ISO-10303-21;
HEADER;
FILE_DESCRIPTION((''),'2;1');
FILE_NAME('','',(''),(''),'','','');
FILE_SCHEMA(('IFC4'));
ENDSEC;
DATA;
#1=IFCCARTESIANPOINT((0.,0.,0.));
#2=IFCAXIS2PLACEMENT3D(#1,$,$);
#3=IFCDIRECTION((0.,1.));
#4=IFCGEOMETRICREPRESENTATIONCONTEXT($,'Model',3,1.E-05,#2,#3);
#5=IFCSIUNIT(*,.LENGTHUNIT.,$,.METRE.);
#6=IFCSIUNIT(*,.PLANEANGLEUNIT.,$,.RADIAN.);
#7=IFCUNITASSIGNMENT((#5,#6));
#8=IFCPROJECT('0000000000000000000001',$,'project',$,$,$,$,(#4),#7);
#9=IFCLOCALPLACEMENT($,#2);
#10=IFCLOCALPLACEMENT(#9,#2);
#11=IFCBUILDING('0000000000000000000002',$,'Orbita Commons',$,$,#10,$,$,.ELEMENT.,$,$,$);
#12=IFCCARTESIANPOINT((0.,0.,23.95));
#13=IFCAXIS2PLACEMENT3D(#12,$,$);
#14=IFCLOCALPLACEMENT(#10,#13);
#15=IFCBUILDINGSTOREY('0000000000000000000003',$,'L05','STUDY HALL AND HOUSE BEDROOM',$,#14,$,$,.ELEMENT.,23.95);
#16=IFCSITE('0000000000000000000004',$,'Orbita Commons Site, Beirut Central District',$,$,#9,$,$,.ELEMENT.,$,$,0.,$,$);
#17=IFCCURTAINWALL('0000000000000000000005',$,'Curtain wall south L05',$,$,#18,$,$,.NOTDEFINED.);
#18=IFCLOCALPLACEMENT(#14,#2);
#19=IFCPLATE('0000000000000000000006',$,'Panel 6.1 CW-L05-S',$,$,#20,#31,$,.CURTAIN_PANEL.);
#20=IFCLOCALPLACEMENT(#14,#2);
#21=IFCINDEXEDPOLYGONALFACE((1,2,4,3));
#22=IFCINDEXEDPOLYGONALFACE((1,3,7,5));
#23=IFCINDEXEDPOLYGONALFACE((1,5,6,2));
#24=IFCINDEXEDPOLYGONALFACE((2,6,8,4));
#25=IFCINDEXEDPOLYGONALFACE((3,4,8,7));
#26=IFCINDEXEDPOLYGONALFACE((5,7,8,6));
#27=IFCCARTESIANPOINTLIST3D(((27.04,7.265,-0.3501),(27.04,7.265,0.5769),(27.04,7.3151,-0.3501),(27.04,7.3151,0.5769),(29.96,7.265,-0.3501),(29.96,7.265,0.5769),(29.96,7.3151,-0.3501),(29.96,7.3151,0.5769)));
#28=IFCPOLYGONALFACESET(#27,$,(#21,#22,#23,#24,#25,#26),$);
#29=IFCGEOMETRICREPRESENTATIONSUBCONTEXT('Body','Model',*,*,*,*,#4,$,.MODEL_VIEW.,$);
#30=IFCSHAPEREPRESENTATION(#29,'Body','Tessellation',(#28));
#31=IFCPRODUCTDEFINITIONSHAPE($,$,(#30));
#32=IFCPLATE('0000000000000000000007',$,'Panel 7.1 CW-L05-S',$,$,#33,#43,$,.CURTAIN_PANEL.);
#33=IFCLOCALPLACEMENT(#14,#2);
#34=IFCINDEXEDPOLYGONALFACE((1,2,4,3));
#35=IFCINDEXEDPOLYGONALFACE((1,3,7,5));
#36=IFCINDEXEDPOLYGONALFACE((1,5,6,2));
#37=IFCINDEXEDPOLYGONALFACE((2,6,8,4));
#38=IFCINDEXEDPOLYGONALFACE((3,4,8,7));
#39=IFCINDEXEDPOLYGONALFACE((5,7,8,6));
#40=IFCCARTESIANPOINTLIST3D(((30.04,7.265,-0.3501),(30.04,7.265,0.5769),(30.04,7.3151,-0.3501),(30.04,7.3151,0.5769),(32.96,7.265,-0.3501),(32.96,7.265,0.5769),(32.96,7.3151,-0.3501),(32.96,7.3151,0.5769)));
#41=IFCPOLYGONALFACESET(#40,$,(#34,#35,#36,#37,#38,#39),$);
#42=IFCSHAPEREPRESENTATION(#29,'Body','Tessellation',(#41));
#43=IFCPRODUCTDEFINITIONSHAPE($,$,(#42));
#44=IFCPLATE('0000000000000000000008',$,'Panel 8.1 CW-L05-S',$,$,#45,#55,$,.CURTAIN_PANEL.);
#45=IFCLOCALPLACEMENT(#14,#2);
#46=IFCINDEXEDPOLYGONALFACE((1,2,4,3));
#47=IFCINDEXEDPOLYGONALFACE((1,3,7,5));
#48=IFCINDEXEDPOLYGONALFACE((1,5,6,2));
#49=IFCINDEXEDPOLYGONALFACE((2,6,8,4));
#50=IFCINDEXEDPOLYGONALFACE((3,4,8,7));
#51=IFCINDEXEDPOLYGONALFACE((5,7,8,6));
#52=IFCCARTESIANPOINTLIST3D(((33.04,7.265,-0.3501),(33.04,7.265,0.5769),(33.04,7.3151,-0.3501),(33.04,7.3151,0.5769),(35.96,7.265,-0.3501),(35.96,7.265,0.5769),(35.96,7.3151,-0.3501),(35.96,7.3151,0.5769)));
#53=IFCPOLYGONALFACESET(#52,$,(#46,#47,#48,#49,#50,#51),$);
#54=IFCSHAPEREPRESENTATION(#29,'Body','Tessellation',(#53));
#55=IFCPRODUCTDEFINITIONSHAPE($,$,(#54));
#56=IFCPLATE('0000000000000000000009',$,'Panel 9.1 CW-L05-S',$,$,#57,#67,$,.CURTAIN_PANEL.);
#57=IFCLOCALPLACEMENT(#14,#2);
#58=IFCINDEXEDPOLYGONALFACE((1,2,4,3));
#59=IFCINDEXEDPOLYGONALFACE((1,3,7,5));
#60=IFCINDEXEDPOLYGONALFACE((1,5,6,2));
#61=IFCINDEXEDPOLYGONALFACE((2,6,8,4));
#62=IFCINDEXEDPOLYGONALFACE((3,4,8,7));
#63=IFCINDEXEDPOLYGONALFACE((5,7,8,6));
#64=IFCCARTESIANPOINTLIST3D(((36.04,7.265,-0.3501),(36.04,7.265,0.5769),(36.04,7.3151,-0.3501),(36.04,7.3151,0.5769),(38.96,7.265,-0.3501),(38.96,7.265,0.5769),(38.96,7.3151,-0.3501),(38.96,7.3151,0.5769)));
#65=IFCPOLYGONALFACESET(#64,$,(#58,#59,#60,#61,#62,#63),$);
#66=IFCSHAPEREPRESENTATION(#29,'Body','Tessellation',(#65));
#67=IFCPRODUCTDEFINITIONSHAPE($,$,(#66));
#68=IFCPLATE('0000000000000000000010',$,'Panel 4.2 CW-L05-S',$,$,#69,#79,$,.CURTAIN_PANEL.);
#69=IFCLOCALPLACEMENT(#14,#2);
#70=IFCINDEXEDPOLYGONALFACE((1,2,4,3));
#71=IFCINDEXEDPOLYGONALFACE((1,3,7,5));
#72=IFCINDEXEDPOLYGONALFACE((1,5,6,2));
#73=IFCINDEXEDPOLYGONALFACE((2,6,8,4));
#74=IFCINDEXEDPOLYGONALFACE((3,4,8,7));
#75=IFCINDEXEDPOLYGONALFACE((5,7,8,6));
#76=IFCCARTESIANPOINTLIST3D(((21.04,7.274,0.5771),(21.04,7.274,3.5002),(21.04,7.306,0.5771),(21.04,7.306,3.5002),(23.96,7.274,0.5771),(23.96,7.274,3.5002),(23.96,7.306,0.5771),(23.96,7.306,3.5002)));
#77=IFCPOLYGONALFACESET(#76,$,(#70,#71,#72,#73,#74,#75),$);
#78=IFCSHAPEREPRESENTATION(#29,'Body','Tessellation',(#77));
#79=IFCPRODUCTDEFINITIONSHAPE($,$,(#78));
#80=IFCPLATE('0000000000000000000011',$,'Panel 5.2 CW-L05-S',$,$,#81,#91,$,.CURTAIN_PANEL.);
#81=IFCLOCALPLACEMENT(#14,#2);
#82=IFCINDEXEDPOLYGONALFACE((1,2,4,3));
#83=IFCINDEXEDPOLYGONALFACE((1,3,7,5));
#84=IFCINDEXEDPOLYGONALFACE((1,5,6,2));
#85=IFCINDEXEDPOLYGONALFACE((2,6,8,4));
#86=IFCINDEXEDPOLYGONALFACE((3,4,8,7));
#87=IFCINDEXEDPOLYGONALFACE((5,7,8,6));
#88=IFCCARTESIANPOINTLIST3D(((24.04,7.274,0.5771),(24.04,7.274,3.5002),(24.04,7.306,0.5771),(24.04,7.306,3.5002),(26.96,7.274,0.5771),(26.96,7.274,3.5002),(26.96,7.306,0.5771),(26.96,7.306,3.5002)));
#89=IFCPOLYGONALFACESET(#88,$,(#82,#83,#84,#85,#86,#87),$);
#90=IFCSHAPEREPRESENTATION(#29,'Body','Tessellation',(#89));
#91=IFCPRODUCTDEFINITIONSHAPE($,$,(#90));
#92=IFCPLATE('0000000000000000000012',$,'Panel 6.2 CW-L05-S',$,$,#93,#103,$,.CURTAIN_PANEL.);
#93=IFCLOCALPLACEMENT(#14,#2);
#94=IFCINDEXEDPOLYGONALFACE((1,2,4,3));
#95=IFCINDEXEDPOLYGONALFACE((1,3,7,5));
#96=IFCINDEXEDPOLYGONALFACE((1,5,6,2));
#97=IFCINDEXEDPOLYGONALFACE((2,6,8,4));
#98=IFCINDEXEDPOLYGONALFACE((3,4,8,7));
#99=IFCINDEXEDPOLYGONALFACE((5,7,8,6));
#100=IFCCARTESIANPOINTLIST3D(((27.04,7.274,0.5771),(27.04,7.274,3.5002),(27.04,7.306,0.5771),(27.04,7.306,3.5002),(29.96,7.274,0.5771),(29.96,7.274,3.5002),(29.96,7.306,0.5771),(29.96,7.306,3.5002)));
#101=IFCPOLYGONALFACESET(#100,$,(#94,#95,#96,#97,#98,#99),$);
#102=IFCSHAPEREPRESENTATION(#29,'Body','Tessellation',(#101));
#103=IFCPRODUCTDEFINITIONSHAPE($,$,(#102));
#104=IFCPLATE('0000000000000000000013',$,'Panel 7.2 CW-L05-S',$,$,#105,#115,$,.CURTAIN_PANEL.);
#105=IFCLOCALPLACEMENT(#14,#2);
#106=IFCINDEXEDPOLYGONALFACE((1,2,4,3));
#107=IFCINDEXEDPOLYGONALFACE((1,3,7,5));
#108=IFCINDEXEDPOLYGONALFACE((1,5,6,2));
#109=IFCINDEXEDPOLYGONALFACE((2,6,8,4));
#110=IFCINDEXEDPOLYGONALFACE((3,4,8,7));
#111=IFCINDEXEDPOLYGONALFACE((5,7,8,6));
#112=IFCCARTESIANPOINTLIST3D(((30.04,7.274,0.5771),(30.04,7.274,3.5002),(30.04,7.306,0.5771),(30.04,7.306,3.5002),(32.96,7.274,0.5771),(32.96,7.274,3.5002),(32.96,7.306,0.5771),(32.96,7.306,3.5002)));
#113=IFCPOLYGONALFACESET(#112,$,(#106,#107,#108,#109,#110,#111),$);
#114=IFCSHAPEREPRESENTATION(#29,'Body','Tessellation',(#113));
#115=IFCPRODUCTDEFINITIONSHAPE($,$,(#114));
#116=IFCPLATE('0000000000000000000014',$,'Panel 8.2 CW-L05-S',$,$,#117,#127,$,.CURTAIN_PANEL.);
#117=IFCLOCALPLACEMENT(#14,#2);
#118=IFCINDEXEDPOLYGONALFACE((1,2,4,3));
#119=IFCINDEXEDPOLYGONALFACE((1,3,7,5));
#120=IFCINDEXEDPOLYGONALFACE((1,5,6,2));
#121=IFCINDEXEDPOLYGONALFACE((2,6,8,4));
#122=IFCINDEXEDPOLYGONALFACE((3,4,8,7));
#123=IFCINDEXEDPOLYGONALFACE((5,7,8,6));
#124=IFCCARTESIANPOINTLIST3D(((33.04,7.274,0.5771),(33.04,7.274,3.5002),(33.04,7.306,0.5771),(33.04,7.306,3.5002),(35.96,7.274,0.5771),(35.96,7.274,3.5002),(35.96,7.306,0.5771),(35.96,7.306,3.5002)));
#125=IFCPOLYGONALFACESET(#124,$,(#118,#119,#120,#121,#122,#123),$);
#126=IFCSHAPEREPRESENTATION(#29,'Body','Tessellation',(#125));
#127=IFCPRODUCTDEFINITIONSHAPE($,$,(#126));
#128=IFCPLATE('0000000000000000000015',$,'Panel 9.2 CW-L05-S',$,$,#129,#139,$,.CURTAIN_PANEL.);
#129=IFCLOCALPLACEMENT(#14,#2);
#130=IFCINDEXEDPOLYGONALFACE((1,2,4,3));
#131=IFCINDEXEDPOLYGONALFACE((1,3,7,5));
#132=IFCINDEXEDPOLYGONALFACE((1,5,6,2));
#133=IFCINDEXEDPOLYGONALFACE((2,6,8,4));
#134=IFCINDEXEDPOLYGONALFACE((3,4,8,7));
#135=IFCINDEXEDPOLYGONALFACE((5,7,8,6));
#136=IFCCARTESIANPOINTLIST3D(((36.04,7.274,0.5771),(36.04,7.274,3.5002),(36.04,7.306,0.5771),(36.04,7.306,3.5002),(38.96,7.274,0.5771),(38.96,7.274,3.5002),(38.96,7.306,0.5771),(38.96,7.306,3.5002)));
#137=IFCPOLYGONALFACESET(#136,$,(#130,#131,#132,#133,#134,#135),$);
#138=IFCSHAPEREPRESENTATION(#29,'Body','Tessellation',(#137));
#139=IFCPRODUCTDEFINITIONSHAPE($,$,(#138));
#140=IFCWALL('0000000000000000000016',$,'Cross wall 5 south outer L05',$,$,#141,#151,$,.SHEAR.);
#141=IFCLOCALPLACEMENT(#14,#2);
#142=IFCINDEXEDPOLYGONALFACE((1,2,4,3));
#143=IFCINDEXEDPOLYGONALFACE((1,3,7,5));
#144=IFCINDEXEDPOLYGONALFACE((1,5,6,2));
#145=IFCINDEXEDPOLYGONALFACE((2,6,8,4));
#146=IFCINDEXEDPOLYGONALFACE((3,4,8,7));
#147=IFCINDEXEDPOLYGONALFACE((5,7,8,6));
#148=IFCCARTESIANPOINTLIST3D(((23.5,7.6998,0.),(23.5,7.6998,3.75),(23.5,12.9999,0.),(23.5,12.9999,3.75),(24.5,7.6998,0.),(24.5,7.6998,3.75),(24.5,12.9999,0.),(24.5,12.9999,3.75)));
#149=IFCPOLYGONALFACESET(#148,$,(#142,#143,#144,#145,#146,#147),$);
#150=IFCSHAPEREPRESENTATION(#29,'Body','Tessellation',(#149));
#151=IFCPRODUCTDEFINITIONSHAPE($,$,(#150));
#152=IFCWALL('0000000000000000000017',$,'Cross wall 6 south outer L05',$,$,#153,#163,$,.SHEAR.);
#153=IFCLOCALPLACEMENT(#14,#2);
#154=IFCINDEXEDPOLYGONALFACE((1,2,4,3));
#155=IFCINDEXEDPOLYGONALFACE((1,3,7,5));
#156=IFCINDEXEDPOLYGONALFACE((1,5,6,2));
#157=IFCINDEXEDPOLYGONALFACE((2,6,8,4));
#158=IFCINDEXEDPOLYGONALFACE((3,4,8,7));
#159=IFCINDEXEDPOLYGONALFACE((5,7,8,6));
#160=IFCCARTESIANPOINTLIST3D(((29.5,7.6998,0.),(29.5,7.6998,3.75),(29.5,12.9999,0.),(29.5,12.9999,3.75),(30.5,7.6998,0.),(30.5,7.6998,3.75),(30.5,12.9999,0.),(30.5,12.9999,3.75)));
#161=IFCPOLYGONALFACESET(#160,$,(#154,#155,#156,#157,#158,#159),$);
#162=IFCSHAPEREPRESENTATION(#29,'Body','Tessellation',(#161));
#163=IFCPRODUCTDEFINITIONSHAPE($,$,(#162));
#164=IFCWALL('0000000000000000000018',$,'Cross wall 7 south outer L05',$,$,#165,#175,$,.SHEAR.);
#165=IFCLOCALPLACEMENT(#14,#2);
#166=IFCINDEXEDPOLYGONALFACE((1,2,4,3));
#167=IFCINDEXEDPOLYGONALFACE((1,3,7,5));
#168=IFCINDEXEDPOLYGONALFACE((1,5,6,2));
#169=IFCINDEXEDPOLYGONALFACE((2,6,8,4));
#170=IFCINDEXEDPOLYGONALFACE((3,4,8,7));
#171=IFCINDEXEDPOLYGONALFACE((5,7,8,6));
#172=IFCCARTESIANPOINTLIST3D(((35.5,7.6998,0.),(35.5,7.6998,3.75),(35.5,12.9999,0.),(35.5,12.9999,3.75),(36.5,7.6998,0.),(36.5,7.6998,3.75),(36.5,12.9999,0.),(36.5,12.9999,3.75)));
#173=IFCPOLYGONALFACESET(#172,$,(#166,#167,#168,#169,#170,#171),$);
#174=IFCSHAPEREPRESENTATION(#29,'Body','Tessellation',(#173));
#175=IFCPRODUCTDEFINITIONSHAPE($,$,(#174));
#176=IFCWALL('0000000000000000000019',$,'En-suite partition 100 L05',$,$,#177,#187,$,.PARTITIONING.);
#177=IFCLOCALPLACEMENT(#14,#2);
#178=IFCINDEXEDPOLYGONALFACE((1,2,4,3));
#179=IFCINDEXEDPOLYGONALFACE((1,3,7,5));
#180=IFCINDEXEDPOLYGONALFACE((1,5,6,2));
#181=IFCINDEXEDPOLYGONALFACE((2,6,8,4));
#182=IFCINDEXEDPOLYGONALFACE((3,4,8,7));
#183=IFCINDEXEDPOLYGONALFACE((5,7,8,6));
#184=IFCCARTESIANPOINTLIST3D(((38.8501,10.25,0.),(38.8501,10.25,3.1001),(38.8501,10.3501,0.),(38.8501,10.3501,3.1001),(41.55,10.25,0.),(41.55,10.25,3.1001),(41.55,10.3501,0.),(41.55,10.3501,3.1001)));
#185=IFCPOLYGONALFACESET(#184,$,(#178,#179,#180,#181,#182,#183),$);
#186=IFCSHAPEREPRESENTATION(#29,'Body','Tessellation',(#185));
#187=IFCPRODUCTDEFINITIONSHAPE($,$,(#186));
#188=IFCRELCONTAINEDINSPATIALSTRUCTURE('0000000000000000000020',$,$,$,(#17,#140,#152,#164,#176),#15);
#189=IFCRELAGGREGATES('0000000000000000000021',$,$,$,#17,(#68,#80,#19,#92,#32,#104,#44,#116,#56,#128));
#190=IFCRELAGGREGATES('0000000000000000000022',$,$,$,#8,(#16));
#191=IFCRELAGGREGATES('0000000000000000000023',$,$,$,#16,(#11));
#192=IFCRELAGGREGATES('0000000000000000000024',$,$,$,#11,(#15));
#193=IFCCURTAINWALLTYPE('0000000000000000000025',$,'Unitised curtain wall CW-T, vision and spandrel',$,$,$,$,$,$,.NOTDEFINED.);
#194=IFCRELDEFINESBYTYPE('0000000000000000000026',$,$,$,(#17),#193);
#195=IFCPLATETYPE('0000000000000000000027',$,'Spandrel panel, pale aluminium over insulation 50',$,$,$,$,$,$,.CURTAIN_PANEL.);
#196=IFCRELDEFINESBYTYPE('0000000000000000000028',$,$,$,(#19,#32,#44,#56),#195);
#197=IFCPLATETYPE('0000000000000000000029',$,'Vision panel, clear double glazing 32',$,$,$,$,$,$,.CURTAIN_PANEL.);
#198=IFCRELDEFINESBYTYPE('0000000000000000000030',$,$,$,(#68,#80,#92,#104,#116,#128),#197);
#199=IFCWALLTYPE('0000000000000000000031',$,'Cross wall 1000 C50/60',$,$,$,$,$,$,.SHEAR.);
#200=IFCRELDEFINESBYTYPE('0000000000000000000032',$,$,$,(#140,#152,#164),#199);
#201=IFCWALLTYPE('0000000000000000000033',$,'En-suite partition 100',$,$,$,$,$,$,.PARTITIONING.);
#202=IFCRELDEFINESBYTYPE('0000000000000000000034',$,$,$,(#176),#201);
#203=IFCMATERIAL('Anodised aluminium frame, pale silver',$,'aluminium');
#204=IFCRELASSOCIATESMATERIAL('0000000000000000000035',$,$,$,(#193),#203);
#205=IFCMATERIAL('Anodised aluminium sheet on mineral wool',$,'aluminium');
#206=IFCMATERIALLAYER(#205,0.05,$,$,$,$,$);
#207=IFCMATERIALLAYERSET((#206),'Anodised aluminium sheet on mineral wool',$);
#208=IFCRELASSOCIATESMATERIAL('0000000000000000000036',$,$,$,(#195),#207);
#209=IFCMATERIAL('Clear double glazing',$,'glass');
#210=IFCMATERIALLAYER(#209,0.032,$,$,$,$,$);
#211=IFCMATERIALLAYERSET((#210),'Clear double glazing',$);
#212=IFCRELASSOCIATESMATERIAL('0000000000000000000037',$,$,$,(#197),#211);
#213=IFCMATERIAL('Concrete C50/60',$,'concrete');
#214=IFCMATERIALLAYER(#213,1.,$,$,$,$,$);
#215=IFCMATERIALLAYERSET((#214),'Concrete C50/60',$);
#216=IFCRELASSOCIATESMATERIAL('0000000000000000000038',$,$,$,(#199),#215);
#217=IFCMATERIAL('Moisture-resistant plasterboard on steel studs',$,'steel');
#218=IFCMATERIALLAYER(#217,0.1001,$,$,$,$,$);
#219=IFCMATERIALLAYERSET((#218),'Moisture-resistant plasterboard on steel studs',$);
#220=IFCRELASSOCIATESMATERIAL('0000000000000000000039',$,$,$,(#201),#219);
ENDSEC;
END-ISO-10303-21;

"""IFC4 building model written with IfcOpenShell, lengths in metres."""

from ifc_helpers import new_model, si_unit, direction, frame, frame_2d, origin, origin_2d, place, context, subcontext, project, spatial, polyline, rectangle, outline, extrude, material, layer, layer_set, type_object, element, aggregate, save


model = new_model("IFC4")

# Units and contexts
model_context = context("Model", 3, precision=1e-05, world=origin(), true_north=direction((0.0, 1.0)))
body_context = subcontext(model_context, "Body", "Model", "MODEL_VIEW")
ifc_project = project(units=[si_unit("LENGTHUNIT", "METRE"), si_unit("PLANEANGLEUNIT", "RADIAN")], contexts=[model_context])

# Site, building, storey
site_placement = place(None, origin())
site = spatial("IfcSite", under=ifc_project, at=site_placement, Name="Orbita Commons Site, Beirut Central District", CompositionType="ELEMENT", RefElevation=0.0)
building_placement = place(site_placement, origin())
building = spatial("IfcBuilding", under=site, at=building_placement, Name="Orbita Commons", CompositionType="ELEMENT")
storey_placement = place(building_placement, frame((0.0, 0.0, 23.95)))
storey = spatial("IfcBuildingStorey", under=building, at=storey_placement, Name="L05", Description="STUDY HALL AND HOUSE BEDROOM", CompositionType="ELEMENT", Elevation=23.95)

# Curtain wall, plates
ifc_material_1 = material(Name="Anodised aluminium frame, pale silver", Category="aluminium")
curtain_wall_type = type_object("IfcCurtainWallType", Name="Unitised curtain wall CW-T, vision and spandrel", PredefinedType="NOTDEFINED", material=ifc_material_1)
curtain_wall_placement = place(storey_placement, origin())
curtain_wall = element("IfcCurtainWall", 1, at=curtain_wall_placement, inside=storey, type_object=curtain_wall_type, Name="Curtain wall south L05", PredefinedType="NOTDEFINED")
ifc_material_2 = material(Name="Anodised aluminium sheet on mineral wool", Category="aluminium")
ifc_layer_1 = layer(ifc_material_2, 0.05)
ifc_layer_set_1 = layer_set([ifc_layer_1], Name="Anodised aluminium sheet on mineral wool")
plate_type_1 = type_object("IfcPlateType", Name="Spandrel panel, pale aluminium over insulation 50", PredefinedType="CURTAIN_PANEL", material=ifc_layer_set_1)
plate_1_placement = place(storey_placement, frame((28.5, 7.29, -0.3501), z_axis=(0.0, 0.0, 1.0), x_axis=(1.0, 0.0, 0.0)))
plate_1 = element("IfcPlate", 2, at=plate_1_placement, type_object=plate_type_1, Name="Panel 6.1 CW-L05-S", PredefinedType="CURTAIN_PANEL", context=body_context, shape_type="SweptSolid", body=[
    extrude(rectangle(XDim=2.9199, YDim=0.05, at=origin_2d()), origin(), (0.0, 0.0, 1.0), 0.927),
])
plate_2_placement = place(storey_placement, frame((31.5, 7.29, -0.3501), z_axis=(0.0, 0.0, 1.0), x_axis=(1.0, 0.0, 0.0)))
plate_2 = element("IfcPlate", 3, at=plate_2_placement, type_object=plate_type_1, Name="Panel 7.1 CW-L05-S", PredefinedType="CURTAIN_PANEL", context=body_context, shape_type="SweptSolid", body=[
    extrude(rectangle(XDim=2.9199, YDim=0.05, at=origin_2d()), origin(), (0.0, 0.0, 1.0), 0.927),
])
plate_3_placement = place(storey_placement, frame((34.5, 7.29, -0.3501), z_axis=(0.0, 0.0, 1.0), x_axis=(1.0, 0.0, 0.0)))
plate_3 = element("IfcPlate", 4, at=plate_3_placement, type_object=plate_type_1, Name="Panel 8.1 CW-L05-S", PredefinedType="CURTAIN_PANEL", context=body_context, shape_type="SweptSolid", body=[
    extrude(rectangle(XDim=2.9199, YDim=0.05, at=origin_2d()), origin(), (0.0, 0.0, 1.0), 0.927),
])
plate_4_placement = place(storey_placement, frame((37.5, 7.29, -0.3501), z_axis=(0.0, 0.0, 1.0), x_axis=(1.0, 0.0, 0.0)))
plate_4 = element("IfcPlate", 5, at=plate_4_placement, type_object=plate_type_1, Name="Panel 9.1 CW-L05-S", PredefinedType="CURTAIN_PANEL", context=body_context, shape_type="SweptSolid", body=[
    extrude(rectangle(XDim=2.9199, YDim=0.05, at=origin_2d()), origin(), (0.0, 0.0, 1.0), 0.927),
])
ifc_material_3 = material(Name="Clear double glazing", Category="glass")
ifc_layer_2 = layer(ifc_material_3, 0.032)
ifc_layer_set_2 = layer_set([ifc_layer_2], Name="Clear double glazing")
plate_type_2 = type_object("IfcPlateType", Name="Vision panel, clear double glazing 32", PredefinedType="CURTAIN_PANEL", material=ifc_layer_set_2)
plate_5_placement = place(storey_placement, frame((22.5, 7.29, 0.5771), z_axis=(0.0, 0.0, 1.0), x_axis=(1.0, 0.0, 0.0)))
plate_5 = element("IfcPlate", 6, at=plate_5_placement, type_object=plate_type_2, Name="Panel 4.2 CW-L05-S", PredefinedType="CURTAIN_PANEL", context=body_context, shape_type="SweptSolid", body=[
    extrude(rectangle(XDim=2.9199, YDim=0.032, at=origin_2d()), origin(), (0.0, 0.0, 1.0), 2.9231),
])
plate_6_placement = place(storey_placement, frame((25.5, 7.29, 0.5771), z_axis=(0.0, 0.0, 1.0), x_axis=(1.0, 0.0, 0.0)))
plate_6 = element("IfcPlate", 7, at=plate_6_placement, type_object=plate_type_2, Name="Panel 5.2 CW-L05-S", PredefinedType="CURTAIN_PANEL", context=body_context, shape_type="SweptSolid", body=[
    extrude(rectangle(XDim=2.9199, YDim=0.032, at=origin_2d()), origin(), (0.0, 0.0, 1.0), 2.9231),
])
plate_7_placement = place(storey_placement, frame((28.5, 7.29, 0.5771), z_axis=(0.0, 0.0, 1.0), x_axis=(1.0, 0.0, 0.0)))
plate_7 = element("IfcPlate", 8, at=plate_7_placement, type_object=plate_type_2, Name="Panel 6.2 CW-L05-S", PredefinedType="CURTAIN_PANEL", context=body_context, shape_type="SweptSolid", body=[
    extrude(rectangle(XDim=2.9199, YDim=0.032, at=origin_2d()), origin(), (0.0, 0.0, 1.0), 2.9231),
])
plate_8_placement = place(storey_placement, frame((31.5, 7.29, 0.5771), z_axis=(0.0, 0.0, 1.0), x_axis=(1.0, 0.0, 0.0)))
plate_8 = element("IfcPlate", 9, at=plate_8_placement, type_object=plate_type_2, Name="Panel 7.2 CW-L05-S", PredefinedType="CURTAIN_PANEL", context=body_context, shape_type="SweptSolid", body=[
    extrude(rectangle(XDim=2.9199, YDim=0.032, at=origin_2d()), origin(), (0.0, 0.0, 1.0), 2.9231),
])
plate_9_placement = place(storey_placement, frame((34.5, 7.29, 0.5771), z_axis=(0.0, 0.0, 1.0), x_axis=(1.0, 0.0, 0.0)))
plate_9 = element("IfcPlate", 10, at=plate_9_placement, type_object=plate_type_2, Name="Panel 8.2 CW-L05-S", PredefinedType="CURTAIN_PANEL", context=body_context, shape_type="SweptSolid", body=[
    extrude(rectangle(XDim=2.9199, YDim=0.032, at=origin_2d()), origin(), (0.0, 0.0, 1.0), 2.9231),
])
plate_10_placement = place(storey_placement, frame((37.5, 7.29, 0.5771), z_axis=(0.0, 0.0, 1.0), x_axis=(1.0, 0.0, 0.0)))
plate_10 = element("IfcPlate", 11, at=plate_10_placement, type_object=plate_type_2, Name="Panel 9.2 CW-L05-S", PredefinedType="CURTAIN_PANEL", context=body_context, shape_type="SweptSolid", body=[
    extrude(rectangle(XDim=2.9199, YDim=0.032, at=origin_2d()), origin(), (0.0, 0.0, 1.0), 2.9231),
])
aggregate(curtain_wall, [plate_5, plate_6, plate_1, plate_7, plate_2, plate_8, plate_3, plate_9, plate_4, plate_10])

# Walls
ifc_material_4 = material(Name="Concrete C50/60", Category="concrete")
ifc_layer_3 = layer(ifc_material_4, 1.0)
ifc_layer_set_3 = layer_set([ifc_layer_3], Name="Concrete C50/60")
wall_type_1 = type_object("IfcWallType", Name="Cross wall 1000 C50/60", PredefinedType="SHEAR", material=ifc_layer_set_3)
for number, where, z_axis, x_axis, name in (
    (12, (24.0, 7.7, 0.0), (0.0, 0.0, 1.0), (0.0, 1.0, 0.0), "Cross wall 5 south outer L05"),
    (13, (30.0, 7.7, 0.0), (0.0, 0.0, 1.0), (0.0, 1.0, 0.0), "Cross wall 6 south outer L05"),
    (14, (36.0, 7.7, 0.0), (0.0, 0.0, 1.0), (0.0, 1.0, 0.0), "Cross wall 7 south outer L05"),
):
    element("IfcWall", number, at=place(storey_placement, frame(where, z_axis=z_axis, x_axis=x_axis)), inside=storey, type_object=wall_type_1, Name=name, PredefinedType="SHEAR", context=body_context, shape_type="SweptSolid", body=[
        extrude(rectangle(XDim=5.3, YDim=1.0, at=frame_2d((2.6499, 0.0))), origin(), (0.0, 0.0, 1.0), 3.75),
    ])
ifc_material_5 = material(Name="Moisture-resistant plasterboard on steel studs", Category="steel")
ifc_layer_4 = layer(ifc_material_5, 0.1001)
ifc_layer_set_4 = layer_set([ifc_layer_4], Name="Moisture-resistant plasterboard on steel studs")
wall_type_2 = type_object("IfcWallType", Name="En-suite partition 100", PredefinedType="PARTITIONING", material=ifc_layer_set_4)
wall_1_placement = place(storey_placement, frame((38.8501, 10.3, 0.0), z_axis=(0.0, 0.0, 1.0), x_axis=(1.0, 0.0, 0.0)))
element("IfcWall", 15, at=wall_1_placement, inside=storey, type_object=wall_type_2, Name="En-suite partition 100 L05", PredefinedType="PARTITIONING", context=body_context, shape_type="SweptSolid", body=[
    extrude(outline(polyline([(0.0, 0.0), (2.7, 0.0), (2.7, 3.1001), (0.0, 3.1001), (0.0, 0.0)])), frame((0.0, 0.05, 0.0), z_axis=(0.0, -1.0, 0.0), x_axis=(1.0, 0.0, 0.0)), (0.0, 0.0, 1.0), 0.1001),
])

save(model, "model.ifc")
